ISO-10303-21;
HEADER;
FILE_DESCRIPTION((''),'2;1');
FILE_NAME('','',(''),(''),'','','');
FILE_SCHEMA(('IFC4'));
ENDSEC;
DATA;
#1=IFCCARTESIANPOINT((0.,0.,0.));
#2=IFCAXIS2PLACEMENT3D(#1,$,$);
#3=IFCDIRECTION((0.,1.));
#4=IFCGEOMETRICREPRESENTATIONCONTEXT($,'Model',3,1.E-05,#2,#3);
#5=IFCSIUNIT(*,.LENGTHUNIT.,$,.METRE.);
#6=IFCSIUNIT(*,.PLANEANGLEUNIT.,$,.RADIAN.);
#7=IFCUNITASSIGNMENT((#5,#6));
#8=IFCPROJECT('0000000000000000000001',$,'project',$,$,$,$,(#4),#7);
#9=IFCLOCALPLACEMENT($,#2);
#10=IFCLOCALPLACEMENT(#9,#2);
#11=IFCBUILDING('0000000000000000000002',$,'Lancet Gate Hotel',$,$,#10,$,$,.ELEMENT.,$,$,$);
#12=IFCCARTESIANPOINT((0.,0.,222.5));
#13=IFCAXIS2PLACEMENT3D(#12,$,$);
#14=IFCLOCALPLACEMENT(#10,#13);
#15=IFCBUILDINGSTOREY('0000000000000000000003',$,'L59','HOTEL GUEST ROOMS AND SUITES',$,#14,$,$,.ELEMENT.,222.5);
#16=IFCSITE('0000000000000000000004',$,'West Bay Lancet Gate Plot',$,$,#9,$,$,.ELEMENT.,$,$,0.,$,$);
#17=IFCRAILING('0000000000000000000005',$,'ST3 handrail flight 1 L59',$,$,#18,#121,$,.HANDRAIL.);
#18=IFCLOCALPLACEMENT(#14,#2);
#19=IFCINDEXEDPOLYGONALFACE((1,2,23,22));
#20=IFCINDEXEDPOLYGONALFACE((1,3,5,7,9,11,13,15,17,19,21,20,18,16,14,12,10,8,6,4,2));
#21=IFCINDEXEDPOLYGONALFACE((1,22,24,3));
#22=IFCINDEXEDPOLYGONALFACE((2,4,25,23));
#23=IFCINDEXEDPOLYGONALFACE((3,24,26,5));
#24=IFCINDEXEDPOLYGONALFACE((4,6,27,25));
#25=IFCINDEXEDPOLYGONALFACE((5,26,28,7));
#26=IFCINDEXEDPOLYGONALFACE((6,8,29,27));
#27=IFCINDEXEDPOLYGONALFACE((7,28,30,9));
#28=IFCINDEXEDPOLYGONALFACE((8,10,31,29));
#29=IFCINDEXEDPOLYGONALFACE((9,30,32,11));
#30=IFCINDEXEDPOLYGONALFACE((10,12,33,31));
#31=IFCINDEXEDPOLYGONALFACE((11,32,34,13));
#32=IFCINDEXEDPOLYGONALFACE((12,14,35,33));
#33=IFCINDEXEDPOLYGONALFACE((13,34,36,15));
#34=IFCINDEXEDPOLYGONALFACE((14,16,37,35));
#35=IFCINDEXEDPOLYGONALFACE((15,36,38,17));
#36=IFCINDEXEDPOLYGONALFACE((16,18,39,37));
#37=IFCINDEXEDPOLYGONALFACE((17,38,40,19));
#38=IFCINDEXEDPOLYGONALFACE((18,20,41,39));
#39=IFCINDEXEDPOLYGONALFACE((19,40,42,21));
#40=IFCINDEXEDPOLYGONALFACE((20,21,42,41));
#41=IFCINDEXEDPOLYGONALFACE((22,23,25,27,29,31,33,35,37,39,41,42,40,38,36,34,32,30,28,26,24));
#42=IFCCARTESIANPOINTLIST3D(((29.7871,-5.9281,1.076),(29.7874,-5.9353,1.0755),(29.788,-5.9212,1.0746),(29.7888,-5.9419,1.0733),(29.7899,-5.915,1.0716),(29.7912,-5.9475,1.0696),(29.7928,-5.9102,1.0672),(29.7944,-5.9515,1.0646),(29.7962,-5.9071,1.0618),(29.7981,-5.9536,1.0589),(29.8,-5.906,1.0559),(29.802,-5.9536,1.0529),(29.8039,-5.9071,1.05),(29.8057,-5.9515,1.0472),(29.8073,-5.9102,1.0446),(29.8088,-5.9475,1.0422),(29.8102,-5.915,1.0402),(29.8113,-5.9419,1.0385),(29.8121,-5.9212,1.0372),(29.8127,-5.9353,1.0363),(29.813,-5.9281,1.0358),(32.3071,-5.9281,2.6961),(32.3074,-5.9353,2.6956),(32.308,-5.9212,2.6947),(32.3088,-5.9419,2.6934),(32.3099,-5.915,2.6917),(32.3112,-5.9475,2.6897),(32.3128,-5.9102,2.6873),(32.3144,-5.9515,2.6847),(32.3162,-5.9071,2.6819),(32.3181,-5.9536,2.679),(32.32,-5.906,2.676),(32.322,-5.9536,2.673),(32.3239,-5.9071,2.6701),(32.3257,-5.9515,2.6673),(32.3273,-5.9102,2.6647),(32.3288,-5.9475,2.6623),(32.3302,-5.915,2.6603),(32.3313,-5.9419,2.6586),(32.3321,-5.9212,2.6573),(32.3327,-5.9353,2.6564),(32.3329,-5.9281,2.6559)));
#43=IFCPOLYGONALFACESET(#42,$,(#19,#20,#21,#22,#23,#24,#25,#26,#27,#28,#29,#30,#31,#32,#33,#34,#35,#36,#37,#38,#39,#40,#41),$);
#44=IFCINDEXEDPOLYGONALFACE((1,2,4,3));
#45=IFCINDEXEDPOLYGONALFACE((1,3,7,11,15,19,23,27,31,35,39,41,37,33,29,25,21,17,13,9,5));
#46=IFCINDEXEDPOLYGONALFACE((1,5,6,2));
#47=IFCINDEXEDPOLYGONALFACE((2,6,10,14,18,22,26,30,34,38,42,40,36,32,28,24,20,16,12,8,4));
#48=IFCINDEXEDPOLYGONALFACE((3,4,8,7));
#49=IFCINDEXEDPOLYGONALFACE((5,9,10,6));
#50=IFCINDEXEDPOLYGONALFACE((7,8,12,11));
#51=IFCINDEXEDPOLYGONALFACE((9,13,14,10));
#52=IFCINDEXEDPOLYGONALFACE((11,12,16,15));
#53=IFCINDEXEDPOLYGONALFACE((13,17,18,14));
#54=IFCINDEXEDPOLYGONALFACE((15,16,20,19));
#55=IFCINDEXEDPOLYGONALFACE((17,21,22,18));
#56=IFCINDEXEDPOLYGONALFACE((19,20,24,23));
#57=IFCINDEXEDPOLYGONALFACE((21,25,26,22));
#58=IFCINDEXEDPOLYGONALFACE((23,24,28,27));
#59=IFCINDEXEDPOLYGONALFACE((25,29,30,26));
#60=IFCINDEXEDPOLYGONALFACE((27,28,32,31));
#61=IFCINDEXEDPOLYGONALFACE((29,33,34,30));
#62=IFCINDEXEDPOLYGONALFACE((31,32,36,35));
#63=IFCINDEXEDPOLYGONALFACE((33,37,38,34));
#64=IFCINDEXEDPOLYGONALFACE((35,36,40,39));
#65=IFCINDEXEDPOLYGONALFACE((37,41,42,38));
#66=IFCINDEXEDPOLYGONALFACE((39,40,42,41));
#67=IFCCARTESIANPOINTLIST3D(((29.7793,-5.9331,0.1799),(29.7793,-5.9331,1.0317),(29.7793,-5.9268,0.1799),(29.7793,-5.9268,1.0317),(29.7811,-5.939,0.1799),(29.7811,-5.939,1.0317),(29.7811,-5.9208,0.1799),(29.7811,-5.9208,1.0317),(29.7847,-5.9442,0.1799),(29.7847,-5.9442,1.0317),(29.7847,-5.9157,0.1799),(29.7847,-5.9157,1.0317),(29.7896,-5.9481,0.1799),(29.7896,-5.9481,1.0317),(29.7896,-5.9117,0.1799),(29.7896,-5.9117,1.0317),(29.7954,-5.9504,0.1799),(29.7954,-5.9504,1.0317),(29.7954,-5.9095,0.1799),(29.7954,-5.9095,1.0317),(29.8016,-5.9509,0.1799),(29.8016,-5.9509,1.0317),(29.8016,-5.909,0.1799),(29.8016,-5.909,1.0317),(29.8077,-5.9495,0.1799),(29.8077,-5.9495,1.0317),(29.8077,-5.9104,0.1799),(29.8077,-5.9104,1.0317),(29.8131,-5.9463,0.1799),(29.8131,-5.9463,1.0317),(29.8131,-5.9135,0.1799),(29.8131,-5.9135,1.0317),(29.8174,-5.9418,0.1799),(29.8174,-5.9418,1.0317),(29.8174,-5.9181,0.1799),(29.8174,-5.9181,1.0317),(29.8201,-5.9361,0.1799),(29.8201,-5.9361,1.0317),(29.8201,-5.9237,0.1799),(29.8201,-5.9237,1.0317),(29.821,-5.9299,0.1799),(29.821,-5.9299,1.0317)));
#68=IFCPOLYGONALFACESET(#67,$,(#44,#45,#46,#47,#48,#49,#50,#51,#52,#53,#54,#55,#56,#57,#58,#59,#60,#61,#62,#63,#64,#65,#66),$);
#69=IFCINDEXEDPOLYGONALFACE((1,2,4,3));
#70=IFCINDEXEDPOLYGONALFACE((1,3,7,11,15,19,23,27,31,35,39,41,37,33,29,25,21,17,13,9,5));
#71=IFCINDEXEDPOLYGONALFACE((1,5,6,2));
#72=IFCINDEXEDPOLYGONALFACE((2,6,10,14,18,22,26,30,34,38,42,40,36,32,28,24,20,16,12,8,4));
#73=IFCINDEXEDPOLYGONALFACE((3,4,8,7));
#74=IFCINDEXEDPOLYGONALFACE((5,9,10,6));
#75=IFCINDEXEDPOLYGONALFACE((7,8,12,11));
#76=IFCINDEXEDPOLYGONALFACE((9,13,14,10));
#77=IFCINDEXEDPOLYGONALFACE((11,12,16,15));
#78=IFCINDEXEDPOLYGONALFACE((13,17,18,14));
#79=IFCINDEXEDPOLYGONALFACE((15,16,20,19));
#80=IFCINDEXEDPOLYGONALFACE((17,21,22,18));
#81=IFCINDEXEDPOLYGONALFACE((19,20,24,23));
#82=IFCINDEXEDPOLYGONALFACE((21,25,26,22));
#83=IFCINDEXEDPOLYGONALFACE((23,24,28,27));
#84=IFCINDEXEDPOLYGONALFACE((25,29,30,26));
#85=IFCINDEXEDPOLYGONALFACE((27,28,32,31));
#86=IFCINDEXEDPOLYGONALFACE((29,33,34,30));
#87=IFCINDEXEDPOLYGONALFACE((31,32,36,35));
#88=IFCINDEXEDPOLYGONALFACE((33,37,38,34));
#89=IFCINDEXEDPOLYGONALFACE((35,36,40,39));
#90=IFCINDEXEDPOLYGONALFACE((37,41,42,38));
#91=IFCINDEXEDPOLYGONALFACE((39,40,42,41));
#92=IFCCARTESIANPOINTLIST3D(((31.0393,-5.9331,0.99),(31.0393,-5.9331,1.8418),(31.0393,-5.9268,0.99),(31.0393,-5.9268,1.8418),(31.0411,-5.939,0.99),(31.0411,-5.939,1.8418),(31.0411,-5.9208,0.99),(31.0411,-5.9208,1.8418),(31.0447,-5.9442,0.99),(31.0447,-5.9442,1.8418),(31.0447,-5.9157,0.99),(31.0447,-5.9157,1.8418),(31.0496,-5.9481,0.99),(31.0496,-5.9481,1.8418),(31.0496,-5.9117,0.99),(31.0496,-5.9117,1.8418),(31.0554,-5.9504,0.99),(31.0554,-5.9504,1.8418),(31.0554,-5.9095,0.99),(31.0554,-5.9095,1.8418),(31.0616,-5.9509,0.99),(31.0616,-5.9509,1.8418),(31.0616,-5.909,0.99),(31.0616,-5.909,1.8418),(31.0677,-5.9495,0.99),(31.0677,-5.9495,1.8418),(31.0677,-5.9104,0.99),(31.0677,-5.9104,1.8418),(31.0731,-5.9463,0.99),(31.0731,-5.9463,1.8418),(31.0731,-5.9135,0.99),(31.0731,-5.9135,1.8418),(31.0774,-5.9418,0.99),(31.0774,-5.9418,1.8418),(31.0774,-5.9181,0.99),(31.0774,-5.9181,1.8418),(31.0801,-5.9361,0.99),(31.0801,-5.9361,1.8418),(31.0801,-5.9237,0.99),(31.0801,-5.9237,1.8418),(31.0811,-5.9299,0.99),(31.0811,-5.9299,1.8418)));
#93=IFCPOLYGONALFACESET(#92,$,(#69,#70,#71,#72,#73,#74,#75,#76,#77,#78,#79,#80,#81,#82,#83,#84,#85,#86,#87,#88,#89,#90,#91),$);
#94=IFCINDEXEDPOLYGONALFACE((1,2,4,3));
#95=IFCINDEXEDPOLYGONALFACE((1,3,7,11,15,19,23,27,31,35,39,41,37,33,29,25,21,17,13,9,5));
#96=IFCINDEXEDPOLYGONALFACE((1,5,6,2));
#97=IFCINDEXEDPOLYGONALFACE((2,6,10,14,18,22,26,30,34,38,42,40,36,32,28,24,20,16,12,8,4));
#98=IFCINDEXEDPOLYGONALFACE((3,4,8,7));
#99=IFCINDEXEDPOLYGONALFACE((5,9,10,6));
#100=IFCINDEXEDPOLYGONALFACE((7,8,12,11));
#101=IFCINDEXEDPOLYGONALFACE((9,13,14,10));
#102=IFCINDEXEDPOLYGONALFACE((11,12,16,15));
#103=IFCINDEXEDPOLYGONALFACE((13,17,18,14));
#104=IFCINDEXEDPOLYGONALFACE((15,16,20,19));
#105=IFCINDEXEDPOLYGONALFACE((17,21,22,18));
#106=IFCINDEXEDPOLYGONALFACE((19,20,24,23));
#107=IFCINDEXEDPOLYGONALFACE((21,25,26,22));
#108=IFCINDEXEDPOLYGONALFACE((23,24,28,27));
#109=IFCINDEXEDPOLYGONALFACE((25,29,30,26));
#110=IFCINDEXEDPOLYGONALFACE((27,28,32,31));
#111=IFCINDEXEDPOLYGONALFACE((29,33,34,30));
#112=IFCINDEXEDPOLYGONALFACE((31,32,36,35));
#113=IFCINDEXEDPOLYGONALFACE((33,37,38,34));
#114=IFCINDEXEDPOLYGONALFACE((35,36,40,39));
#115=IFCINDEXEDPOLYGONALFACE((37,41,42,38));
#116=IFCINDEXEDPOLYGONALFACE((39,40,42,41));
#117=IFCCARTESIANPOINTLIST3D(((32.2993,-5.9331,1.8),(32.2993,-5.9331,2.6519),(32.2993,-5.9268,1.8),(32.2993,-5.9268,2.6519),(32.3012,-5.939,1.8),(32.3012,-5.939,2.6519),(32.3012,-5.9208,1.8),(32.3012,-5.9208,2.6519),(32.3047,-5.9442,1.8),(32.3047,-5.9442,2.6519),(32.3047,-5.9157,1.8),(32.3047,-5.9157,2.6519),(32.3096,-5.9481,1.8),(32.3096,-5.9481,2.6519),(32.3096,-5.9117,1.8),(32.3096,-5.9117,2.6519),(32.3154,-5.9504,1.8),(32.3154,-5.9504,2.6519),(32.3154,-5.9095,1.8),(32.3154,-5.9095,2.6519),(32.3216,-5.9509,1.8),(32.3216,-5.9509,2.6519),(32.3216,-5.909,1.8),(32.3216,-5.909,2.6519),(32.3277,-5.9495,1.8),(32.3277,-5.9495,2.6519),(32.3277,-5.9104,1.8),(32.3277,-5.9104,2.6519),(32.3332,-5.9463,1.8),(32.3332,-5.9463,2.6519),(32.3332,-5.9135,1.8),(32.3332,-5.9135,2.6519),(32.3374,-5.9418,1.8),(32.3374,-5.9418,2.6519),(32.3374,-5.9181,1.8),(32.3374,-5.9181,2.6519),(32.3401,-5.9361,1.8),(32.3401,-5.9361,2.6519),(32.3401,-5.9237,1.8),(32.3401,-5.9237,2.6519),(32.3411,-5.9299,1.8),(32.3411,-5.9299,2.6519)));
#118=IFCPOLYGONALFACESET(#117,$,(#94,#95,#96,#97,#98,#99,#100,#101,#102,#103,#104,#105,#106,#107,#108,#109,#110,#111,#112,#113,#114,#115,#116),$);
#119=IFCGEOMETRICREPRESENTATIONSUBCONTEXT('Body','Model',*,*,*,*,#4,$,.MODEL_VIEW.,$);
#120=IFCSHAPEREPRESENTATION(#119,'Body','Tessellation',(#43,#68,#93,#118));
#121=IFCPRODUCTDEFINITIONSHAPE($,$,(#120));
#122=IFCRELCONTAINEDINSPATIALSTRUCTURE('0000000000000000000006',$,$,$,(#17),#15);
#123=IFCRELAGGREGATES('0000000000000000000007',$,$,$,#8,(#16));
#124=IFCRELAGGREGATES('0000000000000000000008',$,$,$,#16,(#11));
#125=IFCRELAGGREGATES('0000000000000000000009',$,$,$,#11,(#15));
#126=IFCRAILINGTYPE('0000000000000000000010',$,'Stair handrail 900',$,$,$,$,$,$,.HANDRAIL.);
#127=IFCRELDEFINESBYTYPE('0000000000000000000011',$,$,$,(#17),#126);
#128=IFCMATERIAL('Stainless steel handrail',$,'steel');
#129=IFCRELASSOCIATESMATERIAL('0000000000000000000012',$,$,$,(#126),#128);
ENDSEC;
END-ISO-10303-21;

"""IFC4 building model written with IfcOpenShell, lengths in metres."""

from ifc_helpers import new_model, si_unit, direction, frame, origin, origin_2d, place, context, subcontext, project, spatial, circle, extrude, material, type_object, element, save


model = new_model("IFC4")

# Units and contexts
model_context = context("Model", 3, precision=1e-05, world=origin(), true_north=direction((0.0, 1.0)))
body_context = subcontext(model_context, "Body", "Model", "MODEL_VIEW")
ifc_project = project(units=[si_unit("LENGTHUNIT", "METRE"), si_unit("PLANEANGLEUNIT", "RADIAN")], contexts=[model_context])

# Site, building, storey
site_placement = place(None, origin())
site = spatial("IfcSite", under=ifc_project, at=site_placement, Name="West Bay Lancet Gate Plot", CompositionType="ELEMENT", RefElevation=0.0)
building_placement = place(site_placement, origin())
building = spatial("IfcBuilding", under=site, at=building_placement, Name="Lancet Gate Hotel", CompositionType="ELEMENT")
storey_placement = place(building_placement, frame((0.0, 0.0, 222.5)))
storey = spatial("IfcBuildingStorey", under=building, at=storey_placement, Name="L59", Description="HOTEL GUEST ROOMS AND SUITES", CompositionType="ELEMENT", Elevation=222.5)

# Railing
ifc_material_1 = material(Name="Stainless steel handrail", Category="steel")
railing_type = type_object("IfcRailingType", Name="Stair handrail 900", PredefinedType="HANDRAIL", material=ifc_material_1)
railing_1_placement = place(storey_placement, frame((29.8, -5.9299, 0.1799)))
element("IfcRailing", 1, at=railing_1_placement, inside=storey, type_object=railing_type, Name="ST3 handrail flight 1 L59", PredefinedType="HANDRAIL", context=body_context, shape_type="SweptSolid", body=[
    extrude(circle(Radius=0.0239, at=origin_2d()), frame((0.0, 0.0, 0.876), z_axis=(0.841163, 0.0, 0.540782), x_axis=(0.0, 1.0, 0.0)), (0.0, 0.0, 1.0), 2.9958),
    extrude(circle(Radius=0.021, at=origin_2d()), origin(), (0.0, 0.0, 1.0), 0.8518),
    extrude(circle(Radius=0.021, at=origin_2d()), frame((1.26, 0.0, 0.8101)), (0.0, 0.0, 1.0), 0.8518),
    extrude(circle(Radius=0.021, at=origin_2d()), frame((2.52, 0.0, 1.6201)), (0.0, 0.0, 1.0), 0.8518),
])

save(model, "model.ifc")
